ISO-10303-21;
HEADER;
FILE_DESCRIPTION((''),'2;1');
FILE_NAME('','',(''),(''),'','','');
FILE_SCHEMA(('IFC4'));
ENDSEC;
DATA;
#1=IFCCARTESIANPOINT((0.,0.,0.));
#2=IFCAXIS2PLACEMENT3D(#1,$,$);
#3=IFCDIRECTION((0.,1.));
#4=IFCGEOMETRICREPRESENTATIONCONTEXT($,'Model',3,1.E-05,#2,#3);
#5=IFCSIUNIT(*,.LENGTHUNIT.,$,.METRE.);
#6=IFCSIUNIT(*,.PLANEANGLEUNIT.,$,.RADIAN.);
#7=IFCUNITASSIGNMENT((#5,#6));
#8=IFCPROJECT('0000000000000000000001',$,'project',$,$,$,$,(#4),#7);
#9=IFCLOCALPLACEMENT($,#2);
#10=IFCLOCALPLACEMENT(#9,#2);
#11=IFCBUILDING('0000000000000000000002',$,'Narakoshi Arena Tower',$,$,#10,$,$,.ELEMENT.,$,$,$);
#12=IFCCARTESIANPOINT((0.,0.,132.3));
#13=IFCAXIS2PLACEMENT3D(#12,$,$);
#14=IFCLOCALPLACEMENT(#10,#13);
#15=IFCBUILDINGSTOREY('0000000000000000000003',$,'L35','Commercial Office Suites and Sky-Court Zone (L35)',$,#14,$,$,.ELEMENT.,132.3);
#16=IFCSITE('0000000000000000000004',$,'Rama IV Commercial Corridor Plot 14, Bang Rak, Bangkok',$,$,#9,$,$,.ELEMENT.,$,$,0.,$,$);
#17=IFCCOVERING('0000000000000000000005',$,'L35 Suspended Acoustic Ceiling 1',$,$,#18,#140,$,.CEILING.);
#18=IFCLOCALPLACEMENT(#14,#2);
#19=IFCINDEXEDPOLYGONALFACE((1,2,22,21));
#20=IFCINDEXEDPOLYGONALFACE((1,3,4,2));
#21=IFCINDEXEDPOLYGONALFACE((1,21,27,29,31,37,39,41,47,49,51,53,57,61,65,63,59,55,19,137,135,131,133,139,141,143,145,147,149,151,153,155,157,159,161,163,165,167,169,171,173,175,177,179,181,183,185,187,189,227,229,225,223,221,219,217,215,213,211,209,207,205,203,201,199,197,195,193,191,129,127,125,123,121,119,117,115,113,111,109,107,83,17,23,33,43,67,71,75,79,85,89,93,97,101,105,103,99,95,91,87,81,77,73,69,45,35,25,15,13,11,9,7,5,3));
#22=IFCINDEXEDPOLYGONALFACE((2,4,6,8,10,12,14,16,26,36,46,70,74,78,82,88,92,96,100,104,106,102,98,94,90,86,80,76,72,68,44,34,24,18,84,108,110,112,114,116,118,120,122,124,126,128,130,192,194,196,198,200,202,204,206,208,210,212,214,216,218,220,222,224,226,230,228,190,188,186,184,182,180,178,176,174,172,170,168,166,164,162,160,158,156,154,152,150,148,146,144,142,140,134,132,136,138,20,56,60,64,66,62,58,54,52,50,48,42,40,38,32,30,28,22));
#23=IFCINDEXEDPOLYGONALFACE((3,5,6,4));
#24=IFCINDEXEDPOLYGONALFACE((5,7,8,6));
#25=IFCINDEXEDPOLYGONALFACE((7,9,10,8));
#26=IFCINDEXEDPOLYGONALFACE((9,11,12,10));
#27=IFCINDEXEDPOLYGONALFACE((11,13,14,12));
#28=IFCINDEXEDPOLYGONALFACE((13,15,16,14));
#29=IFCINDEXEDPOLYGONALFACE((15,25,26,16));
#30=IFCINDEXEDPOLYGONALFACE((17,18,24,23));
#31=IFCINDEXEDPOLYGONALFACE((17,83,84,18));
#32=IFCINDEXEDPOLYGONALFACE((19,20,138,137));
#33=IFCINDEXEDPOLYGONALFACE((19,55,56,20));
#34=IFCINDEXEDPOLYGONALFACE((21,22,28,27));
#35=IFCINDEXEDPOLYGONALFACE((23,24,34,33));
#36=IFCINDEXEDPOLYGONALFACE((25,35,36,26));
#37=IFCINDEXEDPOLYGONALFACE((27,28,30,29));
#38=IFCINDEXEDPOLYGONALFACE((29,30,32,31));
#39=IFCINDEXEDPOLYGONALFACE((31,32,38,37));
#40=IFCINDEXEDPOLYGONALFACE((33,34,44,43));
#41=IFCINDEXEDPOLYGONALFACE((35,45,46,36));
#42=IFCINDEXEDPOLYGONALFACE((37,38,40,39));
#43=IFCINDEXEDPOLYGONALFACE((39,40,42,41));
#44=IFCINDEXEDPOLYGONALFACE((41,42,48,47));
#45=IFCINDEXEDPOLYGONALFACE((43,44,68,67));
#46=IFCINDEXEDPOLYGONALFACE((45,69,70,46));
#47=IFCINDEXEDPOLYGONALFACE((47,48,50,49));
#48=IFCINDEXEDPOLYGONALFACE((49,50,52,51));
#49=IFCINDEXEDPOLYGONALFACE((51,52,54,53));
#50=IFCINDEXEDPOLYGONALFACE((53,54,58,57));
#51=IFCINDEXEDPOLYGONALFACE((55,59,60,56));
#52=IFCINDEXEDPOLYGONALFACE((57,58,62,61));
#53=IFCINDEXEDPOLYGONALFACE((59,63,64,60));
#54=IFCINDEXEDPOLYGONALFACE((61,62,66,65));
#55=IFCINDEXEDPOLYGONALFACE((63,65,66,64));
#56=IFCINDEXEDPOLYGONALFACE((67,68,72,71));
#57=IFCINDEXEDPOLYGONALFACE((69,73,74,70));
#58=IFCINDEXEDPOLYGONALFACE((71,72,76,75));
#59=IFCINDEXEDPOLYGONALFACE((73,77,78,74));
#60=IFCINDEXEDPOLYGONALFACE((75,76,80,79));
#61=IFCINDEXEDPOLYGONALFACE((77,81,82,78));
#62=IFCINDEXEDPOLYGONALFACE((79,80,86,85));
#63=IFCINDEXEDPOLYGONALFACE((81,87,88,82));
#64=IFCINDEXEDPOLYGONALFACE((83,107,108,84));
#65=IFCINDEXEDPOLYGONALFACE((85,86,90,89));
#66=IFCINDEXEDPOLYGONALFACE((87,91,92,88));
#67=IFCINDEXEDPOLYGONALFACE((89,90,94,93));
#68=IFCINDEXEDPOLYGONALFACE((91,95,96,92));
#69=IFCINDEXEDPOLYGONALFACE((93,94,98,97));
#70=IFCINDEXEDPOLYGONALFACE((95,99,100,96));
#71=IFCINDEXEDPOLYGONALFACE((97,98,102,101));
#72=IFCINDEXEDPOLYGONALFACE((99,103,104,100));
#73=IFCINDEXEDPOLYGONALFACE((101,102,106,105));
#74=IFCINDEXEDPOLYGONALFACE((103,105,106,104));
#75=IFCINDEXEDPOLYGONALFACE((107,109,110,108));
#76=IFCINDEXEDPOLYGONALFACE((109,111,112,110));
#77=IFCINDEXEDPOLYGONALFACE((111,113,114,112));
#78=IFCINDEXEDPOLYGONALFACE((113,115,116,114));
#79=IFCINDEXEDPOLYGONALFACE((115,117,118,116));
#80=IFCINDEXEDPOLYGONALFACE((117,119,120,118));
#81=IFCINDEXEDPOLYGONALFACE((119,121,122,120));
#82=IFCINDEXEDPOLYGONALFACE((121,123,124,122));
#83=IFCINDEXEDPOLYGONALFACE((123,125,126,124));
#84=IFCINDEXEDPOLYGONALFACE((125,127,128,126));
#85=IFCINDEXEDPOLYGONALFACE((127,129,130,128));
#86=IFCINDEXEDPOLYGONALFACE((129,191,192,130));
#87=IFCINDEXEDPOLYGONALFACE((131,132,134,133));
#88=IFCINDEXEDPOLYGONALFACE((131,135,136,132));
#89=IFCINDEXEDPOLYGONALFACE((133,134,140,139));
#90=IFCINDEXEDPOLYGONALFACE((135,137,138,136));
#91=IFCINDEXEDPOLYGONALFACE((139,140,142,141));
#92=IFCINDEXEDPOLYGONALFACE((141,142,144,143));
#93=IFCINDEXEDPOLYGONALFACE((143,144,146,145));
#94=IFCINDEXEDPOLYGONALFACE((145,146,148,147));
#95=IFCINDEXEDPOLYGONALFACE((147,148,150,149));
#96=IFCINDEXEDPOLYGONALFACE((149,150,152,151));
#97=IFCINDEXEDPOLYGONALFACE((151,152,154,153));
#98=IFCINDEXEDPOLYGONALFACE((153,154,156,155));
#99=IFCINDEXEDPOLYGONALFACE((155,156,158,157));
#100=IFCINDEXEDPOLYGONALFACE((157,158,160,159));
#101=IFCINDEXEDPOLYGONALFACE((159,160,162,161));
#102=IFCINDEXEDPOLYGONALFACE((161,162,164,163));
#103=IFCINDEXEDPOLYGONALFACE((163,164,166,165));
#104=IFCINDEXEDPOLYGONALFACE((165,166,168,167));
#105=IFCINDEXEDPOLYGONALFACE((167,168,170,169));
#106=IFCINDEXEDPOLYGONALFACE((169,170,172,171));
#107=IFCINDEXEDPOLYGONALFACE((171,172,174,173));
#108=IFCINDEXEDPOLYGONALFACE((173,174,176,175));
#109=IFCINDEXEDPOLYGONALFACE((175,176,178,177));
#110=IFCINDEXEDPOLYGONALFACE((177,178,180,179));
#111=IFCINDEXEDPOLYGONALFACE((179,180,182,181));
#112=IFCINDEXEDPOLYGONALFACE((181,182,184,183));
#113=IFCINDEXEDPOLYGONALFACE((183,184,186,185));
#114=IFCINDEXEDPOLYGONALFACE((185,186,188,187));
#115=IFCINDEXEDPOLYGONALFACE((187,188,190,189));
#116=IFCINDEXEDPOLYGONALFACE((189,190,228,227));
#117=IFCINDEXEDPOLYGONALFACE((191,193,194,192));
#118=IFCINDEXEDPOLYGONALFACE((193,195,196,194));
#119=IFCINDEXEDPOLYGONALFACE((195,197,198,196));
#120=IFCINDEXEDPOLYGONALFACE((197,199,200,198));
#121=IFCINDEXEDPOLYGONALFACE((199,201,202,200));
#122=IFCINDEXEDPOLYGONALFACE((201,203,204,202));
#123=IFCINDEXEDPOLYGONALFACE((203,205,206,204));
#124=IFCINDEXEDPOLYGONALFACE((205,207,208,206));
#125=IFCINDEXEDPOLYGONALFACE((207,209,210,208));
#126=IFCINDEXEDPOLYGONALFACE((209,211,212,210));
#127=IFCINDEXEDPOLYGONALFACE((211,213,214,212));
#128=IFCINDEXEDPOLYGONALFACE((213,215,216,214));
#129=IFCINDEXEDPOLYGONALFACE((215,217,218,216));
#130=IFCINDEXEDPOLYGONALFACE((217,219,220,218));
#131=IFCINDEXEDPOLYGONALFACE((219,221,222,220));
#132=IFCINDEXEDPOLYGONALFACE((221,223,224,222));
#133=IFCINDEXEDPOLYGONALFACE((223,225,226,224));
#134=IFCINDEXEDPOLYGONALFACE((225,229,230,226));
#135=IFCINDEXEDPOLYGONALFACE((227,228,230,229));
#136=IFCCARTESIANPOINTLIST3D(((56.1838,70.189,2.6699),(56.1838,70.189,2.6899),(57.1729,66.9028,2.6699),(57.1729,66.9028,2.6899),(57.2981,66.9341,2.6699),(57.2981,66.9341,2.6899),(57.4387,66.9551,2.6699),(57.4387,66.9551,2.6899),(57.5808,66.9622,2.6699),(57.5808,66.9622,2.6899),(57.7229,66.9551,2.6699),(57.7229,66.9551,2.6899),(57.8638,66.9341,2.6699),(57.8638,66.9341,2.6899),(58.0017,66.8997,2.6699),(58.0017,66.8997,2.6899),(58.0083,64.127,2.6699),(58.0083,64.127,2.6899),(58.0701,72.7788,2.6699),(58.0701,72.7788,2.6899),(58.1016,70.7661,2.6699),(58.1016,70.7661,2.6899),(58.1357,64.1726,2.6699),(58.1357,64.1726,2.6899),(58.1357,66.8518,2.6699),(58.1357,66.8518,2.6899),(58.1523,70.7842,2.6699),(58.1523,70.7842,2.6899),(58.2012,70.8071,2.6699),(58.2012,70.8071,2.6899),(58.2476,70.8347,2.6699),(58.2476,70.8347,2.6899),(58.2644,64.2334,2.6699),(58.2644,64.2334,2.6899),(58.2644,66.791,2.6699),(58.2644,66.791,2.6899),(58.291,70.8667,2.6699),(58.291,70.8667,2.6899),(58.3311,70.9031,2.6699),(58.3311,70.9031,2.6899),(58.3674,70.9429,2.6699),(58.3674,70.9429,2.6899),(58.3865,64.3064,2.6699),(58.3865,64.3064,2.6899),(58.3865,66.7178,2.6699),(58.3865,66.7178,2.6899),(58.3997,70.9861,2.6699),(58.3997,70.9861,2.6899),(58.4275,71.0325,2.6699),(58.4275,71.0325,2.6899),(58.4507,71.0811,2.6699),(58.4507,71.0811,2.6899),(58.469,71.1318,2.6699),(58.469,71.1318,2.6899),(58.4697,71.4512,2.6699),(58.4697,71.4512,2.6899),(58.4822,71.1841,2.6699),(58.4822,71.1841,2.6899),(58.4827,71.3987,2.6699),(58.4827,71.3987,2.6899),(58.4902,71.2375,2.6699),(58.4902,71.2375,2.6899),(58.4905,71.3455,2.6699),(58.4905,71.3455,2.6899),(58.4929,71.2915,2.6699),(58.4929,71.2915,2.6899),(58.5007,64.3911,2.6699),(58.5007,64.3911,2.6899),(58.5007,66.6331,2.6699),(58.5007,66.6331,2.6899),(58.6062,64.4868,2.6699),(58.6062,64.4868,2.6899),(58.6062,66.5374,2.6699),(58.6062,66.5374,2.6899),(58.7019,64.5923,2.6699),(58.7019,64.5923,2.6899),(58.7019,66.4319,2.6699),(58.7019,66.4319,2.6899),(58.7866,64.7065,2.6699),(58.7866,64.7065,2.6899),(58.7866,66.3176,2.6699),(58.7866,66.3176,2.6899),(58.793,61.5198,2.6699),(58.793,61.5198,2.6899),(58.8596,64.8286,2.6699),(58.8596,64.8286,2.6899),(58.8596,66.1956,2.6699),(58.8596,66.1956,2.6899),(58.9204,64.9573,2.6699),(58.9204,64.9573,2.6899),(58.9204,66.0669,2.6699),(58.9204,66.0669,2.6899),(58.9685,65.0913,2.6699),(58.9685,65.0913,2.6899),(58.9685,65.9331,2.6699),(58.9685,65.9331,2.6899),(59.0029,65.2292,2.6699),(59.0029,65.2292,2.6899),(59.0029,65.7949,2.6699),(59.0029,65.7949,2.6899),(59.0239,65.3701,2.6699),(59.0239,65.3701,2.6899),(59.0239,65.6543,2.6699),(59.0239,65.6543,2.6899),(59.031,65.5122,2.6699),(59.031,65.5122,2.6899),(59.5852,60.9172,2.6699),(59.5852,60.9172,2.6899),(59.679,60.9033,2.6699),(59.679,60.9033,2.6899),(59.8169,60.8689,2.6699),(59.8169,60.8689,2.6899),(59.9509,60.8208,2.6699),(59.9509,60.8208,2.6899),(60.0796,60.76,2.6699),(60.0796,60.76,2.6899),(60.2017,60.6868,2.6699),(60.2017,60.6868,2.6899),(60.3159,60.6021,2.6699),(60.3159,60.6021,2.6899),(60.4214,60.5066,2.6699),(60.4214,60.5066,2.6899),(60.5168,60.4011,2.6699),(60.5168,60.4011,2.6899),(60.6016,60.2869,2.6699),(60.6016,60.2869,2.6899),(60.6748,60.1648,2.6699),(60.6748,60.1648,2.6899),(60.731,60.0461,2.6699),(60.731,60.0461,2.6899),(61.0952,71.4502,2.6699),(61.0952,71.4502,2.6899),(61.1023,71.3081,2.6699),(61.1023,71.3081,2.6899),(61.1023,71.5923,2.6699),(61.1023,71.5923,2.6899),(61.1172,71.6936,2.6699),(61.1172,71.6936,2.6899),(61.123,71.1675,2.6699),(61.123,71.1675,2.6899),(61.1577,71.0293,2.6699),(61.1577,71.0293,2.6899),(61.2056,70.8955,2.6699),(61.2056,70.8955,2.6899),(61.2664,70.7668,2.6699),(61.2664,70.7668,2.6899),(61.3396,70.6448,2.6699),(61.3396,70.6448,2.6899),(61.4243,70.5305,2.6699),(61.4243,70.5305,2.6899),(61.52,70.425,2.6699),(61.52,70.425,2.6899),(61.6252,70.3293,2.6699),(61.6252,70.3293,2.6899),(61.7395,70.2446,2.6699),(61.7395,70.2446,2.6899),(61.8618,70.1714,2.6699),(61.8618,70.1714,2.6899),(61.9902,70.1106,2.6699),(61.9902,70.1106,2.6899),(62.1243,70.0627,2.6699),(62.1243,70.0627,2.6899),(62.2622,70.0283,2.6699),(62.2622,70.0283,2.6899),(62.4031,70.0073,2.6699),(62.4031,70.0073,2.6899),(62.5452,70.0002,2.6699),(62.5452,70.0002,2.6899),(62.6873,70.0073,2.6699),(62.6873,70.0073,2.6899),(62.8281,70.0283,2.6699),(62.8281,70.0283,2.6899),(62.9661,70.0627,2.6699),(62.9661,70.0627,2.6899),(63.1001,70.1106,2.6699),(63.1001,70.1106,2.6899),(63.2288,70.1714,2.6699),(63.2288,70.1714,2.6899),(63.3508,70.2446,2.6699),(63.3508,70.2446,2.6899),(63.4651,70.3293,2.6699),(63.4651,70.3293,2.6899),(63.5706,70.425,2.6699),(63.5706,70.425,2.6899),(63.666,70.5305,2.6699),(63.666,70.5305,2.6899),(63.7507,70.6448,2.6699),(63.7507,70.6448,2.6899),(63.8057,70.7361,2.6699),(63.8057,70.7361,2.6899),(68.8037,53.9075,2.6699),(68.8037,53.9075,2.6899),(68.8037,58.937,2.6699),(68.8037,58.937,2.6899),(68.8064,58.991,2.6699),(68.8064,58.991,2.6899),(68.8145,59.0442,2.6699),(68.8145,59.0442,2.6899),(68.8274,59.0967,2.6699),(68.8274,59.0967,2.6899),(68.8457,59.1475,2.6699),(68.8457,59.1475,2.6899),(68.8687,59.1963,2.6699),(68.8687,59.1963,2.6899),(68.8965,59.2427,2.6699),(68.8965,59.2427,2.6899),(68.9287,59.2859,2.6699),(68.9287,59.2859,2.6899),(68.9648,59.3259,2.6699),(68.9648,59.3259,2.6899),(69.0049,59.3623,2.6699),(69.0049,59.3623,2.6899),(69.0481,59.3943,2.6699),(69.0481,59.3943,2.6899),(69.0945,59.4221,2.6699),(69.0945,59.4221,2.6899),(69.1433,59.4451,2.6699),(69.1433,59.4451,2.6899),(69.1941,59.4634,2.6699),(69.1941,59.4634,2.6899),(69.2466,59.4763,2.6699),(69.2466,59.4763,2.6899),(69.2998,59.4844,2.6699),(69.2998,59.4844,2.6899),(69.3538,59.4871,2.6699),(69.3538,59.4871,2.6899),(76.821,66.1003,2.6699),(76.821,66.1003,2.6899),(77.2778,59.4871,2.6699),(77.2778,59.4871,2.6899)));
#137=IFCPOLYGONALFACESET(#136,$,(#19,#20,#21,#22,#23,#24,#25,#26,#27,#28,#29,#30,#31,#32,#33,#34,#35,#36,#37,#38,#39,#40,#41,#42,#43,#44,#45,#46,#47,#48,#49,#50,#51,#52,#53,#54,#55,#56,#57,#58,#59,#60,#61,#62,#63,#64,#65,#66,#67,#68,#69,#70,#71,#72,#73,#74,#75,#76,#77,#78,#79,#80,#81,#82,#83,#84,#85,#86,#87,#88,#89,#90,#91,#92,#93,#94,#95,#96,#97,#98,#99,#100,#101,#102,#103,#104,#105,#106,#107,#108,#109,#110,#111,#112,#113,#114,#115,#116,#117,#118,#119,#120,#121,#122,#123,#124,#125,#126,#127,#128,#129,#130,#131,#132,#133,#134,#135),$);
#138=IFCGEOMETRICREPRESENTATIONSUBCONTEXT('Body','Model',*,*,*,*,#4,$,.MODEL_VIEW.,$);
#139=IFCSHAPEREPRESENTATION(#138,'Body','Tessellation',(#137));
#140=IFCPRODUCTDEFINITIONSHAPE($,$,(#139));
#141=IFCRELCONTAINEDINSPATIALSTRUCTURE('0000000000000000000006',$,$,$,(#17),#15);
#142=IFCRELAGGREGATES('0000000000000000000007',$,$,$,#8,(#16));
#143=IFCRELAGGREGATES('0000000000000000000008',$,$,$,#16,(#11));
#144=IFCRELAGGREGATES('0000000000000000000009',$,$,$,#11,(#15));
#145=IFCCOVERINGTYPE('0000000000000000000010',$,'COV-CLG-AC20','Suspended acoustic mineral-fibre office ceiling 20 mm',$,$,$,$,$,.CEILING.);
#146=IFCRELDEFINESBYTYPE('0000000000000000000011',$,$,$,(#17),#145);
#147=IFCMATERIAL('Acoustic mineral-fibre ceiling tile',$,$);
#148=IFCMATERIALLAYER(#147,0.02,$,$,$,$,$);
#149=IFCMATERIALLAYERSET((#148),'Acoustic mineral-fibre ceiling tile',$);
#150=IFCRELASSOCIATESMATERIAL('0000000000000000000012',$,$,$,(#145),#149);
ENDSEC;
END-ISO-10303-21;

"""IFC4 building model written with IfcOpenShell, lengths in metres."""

from ifc_helpers import new_model, si_unit, direction, frame, origin, place, context, subcontext, project, spatial, polyline, outline, extrude, material, layer, layer_set, type_object, element, save


model = new_model("IFC4")

# Units and contexts
model_context = context("Model", 3, precision=1e-05, world=origin(), true_north=direction((0.0, 1.0)))
body_context = subcontext(model_context, "Body", "Model", "MODEL_VIEW")
ifc_project = project(units=[si_unit("LENGTHUNIT", "METRE"), si_unit("PLANEANGLEUNIT", "RADIAN")], contexts=[model_context])

# Site, building, storey
site_placement = place(None, origin())
site = spatial("IfcSite", under=ifc_project, at=site_placement, Name="Rama IV Commercial Corridor Plot 14, Bang Rak, Bangkok", CompositionType="ELEMENT", RefElevation=0.0)
building_placement = place(site_placement, origin())
building = spatial("IfcBuilding", under=site, at=building_placement, Name="Narakoshi Arena Tower", CompositionType="ELEMENT")
storey_placement = place(building_placement, frame((0.0, 0.0, 132.3)))
storey = spatial("IfcBuildingStorey", under=building, at=storey_placement, Name="L35", Description="Commercial Office Suites and Sky-Court Zone (L35)", CompositionType="ELEMENT", Elevation=132.3)

# Covering
ifc_material_1 = material(Name="Acoustic mineral-fibre ceiling tile")
ifc_layer_1 = layer(ifc_material_1, 0.02)
ifc_layer_set_1 = layer_set([ifc_layer_1], Name="Acoustic mineral-fibre ceiling tile")
covering_type_1 = type_object("IfcCoveringType", Name="COV-CLG-AC20", Description="Suspended acoustic mineral-fibre office ceiling 20 mm", PredefinedType="CEILING", material=ifc_layer_set_1)
covering_1_placement = place(storey_placement, frame((0.0, 0.0, 2.6699)))
element("IfcCovering", 1, at=covering_1_placement, inside=storey, type_object=covering_type_1, Name="L35 Suspended Acoustic Ceiling 1", PredefinedType="CEILING", context=body_context, shape_type="SweptSolid", body=[
    extrude(outline(polyline([(58.1016, 70.7661), (58.1523, 70.7842), (58.2012, 70.8071), (58.2476, 70.8347), (58.291, 70.8667), (58.3311, 70.9031), (58.3674, 70.9429), (58.3997, 70.9861), (58.4275, 71.0325), (58.4507, 71.0811), (58.469, 71.1318), (58.4822, 71.1841), (58.4902, 71.2375), (58.4929, 71.2915), (58.4905, 71.3455), (58.4827, 71.3987), (58.4697, 71.4512), (58.0701, 72.7788), (61.1172, 71.6936), (61.1023, 71.5923), (61.0952, 71.4502), (61.1023, 71.3081), (61.123, 71.1675), (61.1577, 71.0293), (61.2056, 70.8955), (61.2664, 70.7668), (61.3396, 70.6448), (61.4243, 70.5305), (61.52, 70.425), (61.6252, 70.3293), (61.7395, 70.2446), (61.8618, 70.1714), (61.9902, 70.1106), (62.1243, 70.0627), (62.2622, 70.0283), (62.4031, 70.0073), (62.5452, 70.0002), (62.6873, 70.0073), (62.8281, 70.0283), (62.9661, 70.0627), (63.1001, 70.1106), (63.2288, 70.1714), (63.3508, 70.2446), (63.4651, 70.3293), (63.5706, 70.425), (63.666, 70.5305), (63.7507, 70.6448), (63.8057, 70.7361), (76.821, 66.1003), (77.2778, 59.4871), (69.3538, 59.4871), (69.2998, 59.4844), (69.2466, 59.4763), (69.1941, 59.4634), (69.1433, 59.4451), (69.0945, 59.4221), (69.0481, 59.3943), (69.0049, 59.3623), (68.9648, 59.3259), (68.9287, 59.2859), (68.8965, 59.2427), (68.8687, 59.1963), (68.8457, 59.1475), (68.8274, 59.0967), (68.8145, 59.0442), (68.8064, 58.991), (68.8037, 58.937), (68.8037, 53.9075), (60.731, 60.0461), (60.6748, 60.1648), (60.6016, 60.2869), (60.5168, 60.4011), (60.4214, 60.5066), (60.3159, 60.6021), (60.2017, 60.6868), (60.0796, 60.76), (59.9509, 60.8208), (59.8169, 60.8689), (59.679, 60.9033), (59.5852, 60.9172), (58.793, 61.5198), (58.0083, 64.127), (58.1357, 64.1726), (58.2644, 64.2334), (58.3865, 64.3064), (58.5007, 64.3911), (58.6062, 64.4868), (58.7019, 64.5923), (58.7866, 64.7065), (58.8596, 64.8286), (58.9204, 64.9573), (58.9685, 65.0913), (59.0029, 65.2292), (59.0239, 65.3701), (59.031, 65.5122), (59.0239, 65.6543), (59.0029, 65.7949), (58.9685, 65.9331), (58.9204, 66.0669), (58.8596, 66.1956), (58.7866, 66.3176), (58.7019, 66.4319), (58.6062, 66.5374), (58.5007, 66.6331), (58.3865, 66.7178), (58.2644, 66.791), (58.1357, 66.8518), (58.0017, 66.8997), (57.8638, 66.9341), (57.7229, 66.9551), (57.5808, 66.9622), (57.4387, 66.9551), (57.2981, 66.9341), (57.1729, 66.9028), (56.1838, 70.189), (58.1016, 70.7661)])), origin(), (0.0, 0.0, 1.0), 0.02),
])

save(model, "model.ifc")
